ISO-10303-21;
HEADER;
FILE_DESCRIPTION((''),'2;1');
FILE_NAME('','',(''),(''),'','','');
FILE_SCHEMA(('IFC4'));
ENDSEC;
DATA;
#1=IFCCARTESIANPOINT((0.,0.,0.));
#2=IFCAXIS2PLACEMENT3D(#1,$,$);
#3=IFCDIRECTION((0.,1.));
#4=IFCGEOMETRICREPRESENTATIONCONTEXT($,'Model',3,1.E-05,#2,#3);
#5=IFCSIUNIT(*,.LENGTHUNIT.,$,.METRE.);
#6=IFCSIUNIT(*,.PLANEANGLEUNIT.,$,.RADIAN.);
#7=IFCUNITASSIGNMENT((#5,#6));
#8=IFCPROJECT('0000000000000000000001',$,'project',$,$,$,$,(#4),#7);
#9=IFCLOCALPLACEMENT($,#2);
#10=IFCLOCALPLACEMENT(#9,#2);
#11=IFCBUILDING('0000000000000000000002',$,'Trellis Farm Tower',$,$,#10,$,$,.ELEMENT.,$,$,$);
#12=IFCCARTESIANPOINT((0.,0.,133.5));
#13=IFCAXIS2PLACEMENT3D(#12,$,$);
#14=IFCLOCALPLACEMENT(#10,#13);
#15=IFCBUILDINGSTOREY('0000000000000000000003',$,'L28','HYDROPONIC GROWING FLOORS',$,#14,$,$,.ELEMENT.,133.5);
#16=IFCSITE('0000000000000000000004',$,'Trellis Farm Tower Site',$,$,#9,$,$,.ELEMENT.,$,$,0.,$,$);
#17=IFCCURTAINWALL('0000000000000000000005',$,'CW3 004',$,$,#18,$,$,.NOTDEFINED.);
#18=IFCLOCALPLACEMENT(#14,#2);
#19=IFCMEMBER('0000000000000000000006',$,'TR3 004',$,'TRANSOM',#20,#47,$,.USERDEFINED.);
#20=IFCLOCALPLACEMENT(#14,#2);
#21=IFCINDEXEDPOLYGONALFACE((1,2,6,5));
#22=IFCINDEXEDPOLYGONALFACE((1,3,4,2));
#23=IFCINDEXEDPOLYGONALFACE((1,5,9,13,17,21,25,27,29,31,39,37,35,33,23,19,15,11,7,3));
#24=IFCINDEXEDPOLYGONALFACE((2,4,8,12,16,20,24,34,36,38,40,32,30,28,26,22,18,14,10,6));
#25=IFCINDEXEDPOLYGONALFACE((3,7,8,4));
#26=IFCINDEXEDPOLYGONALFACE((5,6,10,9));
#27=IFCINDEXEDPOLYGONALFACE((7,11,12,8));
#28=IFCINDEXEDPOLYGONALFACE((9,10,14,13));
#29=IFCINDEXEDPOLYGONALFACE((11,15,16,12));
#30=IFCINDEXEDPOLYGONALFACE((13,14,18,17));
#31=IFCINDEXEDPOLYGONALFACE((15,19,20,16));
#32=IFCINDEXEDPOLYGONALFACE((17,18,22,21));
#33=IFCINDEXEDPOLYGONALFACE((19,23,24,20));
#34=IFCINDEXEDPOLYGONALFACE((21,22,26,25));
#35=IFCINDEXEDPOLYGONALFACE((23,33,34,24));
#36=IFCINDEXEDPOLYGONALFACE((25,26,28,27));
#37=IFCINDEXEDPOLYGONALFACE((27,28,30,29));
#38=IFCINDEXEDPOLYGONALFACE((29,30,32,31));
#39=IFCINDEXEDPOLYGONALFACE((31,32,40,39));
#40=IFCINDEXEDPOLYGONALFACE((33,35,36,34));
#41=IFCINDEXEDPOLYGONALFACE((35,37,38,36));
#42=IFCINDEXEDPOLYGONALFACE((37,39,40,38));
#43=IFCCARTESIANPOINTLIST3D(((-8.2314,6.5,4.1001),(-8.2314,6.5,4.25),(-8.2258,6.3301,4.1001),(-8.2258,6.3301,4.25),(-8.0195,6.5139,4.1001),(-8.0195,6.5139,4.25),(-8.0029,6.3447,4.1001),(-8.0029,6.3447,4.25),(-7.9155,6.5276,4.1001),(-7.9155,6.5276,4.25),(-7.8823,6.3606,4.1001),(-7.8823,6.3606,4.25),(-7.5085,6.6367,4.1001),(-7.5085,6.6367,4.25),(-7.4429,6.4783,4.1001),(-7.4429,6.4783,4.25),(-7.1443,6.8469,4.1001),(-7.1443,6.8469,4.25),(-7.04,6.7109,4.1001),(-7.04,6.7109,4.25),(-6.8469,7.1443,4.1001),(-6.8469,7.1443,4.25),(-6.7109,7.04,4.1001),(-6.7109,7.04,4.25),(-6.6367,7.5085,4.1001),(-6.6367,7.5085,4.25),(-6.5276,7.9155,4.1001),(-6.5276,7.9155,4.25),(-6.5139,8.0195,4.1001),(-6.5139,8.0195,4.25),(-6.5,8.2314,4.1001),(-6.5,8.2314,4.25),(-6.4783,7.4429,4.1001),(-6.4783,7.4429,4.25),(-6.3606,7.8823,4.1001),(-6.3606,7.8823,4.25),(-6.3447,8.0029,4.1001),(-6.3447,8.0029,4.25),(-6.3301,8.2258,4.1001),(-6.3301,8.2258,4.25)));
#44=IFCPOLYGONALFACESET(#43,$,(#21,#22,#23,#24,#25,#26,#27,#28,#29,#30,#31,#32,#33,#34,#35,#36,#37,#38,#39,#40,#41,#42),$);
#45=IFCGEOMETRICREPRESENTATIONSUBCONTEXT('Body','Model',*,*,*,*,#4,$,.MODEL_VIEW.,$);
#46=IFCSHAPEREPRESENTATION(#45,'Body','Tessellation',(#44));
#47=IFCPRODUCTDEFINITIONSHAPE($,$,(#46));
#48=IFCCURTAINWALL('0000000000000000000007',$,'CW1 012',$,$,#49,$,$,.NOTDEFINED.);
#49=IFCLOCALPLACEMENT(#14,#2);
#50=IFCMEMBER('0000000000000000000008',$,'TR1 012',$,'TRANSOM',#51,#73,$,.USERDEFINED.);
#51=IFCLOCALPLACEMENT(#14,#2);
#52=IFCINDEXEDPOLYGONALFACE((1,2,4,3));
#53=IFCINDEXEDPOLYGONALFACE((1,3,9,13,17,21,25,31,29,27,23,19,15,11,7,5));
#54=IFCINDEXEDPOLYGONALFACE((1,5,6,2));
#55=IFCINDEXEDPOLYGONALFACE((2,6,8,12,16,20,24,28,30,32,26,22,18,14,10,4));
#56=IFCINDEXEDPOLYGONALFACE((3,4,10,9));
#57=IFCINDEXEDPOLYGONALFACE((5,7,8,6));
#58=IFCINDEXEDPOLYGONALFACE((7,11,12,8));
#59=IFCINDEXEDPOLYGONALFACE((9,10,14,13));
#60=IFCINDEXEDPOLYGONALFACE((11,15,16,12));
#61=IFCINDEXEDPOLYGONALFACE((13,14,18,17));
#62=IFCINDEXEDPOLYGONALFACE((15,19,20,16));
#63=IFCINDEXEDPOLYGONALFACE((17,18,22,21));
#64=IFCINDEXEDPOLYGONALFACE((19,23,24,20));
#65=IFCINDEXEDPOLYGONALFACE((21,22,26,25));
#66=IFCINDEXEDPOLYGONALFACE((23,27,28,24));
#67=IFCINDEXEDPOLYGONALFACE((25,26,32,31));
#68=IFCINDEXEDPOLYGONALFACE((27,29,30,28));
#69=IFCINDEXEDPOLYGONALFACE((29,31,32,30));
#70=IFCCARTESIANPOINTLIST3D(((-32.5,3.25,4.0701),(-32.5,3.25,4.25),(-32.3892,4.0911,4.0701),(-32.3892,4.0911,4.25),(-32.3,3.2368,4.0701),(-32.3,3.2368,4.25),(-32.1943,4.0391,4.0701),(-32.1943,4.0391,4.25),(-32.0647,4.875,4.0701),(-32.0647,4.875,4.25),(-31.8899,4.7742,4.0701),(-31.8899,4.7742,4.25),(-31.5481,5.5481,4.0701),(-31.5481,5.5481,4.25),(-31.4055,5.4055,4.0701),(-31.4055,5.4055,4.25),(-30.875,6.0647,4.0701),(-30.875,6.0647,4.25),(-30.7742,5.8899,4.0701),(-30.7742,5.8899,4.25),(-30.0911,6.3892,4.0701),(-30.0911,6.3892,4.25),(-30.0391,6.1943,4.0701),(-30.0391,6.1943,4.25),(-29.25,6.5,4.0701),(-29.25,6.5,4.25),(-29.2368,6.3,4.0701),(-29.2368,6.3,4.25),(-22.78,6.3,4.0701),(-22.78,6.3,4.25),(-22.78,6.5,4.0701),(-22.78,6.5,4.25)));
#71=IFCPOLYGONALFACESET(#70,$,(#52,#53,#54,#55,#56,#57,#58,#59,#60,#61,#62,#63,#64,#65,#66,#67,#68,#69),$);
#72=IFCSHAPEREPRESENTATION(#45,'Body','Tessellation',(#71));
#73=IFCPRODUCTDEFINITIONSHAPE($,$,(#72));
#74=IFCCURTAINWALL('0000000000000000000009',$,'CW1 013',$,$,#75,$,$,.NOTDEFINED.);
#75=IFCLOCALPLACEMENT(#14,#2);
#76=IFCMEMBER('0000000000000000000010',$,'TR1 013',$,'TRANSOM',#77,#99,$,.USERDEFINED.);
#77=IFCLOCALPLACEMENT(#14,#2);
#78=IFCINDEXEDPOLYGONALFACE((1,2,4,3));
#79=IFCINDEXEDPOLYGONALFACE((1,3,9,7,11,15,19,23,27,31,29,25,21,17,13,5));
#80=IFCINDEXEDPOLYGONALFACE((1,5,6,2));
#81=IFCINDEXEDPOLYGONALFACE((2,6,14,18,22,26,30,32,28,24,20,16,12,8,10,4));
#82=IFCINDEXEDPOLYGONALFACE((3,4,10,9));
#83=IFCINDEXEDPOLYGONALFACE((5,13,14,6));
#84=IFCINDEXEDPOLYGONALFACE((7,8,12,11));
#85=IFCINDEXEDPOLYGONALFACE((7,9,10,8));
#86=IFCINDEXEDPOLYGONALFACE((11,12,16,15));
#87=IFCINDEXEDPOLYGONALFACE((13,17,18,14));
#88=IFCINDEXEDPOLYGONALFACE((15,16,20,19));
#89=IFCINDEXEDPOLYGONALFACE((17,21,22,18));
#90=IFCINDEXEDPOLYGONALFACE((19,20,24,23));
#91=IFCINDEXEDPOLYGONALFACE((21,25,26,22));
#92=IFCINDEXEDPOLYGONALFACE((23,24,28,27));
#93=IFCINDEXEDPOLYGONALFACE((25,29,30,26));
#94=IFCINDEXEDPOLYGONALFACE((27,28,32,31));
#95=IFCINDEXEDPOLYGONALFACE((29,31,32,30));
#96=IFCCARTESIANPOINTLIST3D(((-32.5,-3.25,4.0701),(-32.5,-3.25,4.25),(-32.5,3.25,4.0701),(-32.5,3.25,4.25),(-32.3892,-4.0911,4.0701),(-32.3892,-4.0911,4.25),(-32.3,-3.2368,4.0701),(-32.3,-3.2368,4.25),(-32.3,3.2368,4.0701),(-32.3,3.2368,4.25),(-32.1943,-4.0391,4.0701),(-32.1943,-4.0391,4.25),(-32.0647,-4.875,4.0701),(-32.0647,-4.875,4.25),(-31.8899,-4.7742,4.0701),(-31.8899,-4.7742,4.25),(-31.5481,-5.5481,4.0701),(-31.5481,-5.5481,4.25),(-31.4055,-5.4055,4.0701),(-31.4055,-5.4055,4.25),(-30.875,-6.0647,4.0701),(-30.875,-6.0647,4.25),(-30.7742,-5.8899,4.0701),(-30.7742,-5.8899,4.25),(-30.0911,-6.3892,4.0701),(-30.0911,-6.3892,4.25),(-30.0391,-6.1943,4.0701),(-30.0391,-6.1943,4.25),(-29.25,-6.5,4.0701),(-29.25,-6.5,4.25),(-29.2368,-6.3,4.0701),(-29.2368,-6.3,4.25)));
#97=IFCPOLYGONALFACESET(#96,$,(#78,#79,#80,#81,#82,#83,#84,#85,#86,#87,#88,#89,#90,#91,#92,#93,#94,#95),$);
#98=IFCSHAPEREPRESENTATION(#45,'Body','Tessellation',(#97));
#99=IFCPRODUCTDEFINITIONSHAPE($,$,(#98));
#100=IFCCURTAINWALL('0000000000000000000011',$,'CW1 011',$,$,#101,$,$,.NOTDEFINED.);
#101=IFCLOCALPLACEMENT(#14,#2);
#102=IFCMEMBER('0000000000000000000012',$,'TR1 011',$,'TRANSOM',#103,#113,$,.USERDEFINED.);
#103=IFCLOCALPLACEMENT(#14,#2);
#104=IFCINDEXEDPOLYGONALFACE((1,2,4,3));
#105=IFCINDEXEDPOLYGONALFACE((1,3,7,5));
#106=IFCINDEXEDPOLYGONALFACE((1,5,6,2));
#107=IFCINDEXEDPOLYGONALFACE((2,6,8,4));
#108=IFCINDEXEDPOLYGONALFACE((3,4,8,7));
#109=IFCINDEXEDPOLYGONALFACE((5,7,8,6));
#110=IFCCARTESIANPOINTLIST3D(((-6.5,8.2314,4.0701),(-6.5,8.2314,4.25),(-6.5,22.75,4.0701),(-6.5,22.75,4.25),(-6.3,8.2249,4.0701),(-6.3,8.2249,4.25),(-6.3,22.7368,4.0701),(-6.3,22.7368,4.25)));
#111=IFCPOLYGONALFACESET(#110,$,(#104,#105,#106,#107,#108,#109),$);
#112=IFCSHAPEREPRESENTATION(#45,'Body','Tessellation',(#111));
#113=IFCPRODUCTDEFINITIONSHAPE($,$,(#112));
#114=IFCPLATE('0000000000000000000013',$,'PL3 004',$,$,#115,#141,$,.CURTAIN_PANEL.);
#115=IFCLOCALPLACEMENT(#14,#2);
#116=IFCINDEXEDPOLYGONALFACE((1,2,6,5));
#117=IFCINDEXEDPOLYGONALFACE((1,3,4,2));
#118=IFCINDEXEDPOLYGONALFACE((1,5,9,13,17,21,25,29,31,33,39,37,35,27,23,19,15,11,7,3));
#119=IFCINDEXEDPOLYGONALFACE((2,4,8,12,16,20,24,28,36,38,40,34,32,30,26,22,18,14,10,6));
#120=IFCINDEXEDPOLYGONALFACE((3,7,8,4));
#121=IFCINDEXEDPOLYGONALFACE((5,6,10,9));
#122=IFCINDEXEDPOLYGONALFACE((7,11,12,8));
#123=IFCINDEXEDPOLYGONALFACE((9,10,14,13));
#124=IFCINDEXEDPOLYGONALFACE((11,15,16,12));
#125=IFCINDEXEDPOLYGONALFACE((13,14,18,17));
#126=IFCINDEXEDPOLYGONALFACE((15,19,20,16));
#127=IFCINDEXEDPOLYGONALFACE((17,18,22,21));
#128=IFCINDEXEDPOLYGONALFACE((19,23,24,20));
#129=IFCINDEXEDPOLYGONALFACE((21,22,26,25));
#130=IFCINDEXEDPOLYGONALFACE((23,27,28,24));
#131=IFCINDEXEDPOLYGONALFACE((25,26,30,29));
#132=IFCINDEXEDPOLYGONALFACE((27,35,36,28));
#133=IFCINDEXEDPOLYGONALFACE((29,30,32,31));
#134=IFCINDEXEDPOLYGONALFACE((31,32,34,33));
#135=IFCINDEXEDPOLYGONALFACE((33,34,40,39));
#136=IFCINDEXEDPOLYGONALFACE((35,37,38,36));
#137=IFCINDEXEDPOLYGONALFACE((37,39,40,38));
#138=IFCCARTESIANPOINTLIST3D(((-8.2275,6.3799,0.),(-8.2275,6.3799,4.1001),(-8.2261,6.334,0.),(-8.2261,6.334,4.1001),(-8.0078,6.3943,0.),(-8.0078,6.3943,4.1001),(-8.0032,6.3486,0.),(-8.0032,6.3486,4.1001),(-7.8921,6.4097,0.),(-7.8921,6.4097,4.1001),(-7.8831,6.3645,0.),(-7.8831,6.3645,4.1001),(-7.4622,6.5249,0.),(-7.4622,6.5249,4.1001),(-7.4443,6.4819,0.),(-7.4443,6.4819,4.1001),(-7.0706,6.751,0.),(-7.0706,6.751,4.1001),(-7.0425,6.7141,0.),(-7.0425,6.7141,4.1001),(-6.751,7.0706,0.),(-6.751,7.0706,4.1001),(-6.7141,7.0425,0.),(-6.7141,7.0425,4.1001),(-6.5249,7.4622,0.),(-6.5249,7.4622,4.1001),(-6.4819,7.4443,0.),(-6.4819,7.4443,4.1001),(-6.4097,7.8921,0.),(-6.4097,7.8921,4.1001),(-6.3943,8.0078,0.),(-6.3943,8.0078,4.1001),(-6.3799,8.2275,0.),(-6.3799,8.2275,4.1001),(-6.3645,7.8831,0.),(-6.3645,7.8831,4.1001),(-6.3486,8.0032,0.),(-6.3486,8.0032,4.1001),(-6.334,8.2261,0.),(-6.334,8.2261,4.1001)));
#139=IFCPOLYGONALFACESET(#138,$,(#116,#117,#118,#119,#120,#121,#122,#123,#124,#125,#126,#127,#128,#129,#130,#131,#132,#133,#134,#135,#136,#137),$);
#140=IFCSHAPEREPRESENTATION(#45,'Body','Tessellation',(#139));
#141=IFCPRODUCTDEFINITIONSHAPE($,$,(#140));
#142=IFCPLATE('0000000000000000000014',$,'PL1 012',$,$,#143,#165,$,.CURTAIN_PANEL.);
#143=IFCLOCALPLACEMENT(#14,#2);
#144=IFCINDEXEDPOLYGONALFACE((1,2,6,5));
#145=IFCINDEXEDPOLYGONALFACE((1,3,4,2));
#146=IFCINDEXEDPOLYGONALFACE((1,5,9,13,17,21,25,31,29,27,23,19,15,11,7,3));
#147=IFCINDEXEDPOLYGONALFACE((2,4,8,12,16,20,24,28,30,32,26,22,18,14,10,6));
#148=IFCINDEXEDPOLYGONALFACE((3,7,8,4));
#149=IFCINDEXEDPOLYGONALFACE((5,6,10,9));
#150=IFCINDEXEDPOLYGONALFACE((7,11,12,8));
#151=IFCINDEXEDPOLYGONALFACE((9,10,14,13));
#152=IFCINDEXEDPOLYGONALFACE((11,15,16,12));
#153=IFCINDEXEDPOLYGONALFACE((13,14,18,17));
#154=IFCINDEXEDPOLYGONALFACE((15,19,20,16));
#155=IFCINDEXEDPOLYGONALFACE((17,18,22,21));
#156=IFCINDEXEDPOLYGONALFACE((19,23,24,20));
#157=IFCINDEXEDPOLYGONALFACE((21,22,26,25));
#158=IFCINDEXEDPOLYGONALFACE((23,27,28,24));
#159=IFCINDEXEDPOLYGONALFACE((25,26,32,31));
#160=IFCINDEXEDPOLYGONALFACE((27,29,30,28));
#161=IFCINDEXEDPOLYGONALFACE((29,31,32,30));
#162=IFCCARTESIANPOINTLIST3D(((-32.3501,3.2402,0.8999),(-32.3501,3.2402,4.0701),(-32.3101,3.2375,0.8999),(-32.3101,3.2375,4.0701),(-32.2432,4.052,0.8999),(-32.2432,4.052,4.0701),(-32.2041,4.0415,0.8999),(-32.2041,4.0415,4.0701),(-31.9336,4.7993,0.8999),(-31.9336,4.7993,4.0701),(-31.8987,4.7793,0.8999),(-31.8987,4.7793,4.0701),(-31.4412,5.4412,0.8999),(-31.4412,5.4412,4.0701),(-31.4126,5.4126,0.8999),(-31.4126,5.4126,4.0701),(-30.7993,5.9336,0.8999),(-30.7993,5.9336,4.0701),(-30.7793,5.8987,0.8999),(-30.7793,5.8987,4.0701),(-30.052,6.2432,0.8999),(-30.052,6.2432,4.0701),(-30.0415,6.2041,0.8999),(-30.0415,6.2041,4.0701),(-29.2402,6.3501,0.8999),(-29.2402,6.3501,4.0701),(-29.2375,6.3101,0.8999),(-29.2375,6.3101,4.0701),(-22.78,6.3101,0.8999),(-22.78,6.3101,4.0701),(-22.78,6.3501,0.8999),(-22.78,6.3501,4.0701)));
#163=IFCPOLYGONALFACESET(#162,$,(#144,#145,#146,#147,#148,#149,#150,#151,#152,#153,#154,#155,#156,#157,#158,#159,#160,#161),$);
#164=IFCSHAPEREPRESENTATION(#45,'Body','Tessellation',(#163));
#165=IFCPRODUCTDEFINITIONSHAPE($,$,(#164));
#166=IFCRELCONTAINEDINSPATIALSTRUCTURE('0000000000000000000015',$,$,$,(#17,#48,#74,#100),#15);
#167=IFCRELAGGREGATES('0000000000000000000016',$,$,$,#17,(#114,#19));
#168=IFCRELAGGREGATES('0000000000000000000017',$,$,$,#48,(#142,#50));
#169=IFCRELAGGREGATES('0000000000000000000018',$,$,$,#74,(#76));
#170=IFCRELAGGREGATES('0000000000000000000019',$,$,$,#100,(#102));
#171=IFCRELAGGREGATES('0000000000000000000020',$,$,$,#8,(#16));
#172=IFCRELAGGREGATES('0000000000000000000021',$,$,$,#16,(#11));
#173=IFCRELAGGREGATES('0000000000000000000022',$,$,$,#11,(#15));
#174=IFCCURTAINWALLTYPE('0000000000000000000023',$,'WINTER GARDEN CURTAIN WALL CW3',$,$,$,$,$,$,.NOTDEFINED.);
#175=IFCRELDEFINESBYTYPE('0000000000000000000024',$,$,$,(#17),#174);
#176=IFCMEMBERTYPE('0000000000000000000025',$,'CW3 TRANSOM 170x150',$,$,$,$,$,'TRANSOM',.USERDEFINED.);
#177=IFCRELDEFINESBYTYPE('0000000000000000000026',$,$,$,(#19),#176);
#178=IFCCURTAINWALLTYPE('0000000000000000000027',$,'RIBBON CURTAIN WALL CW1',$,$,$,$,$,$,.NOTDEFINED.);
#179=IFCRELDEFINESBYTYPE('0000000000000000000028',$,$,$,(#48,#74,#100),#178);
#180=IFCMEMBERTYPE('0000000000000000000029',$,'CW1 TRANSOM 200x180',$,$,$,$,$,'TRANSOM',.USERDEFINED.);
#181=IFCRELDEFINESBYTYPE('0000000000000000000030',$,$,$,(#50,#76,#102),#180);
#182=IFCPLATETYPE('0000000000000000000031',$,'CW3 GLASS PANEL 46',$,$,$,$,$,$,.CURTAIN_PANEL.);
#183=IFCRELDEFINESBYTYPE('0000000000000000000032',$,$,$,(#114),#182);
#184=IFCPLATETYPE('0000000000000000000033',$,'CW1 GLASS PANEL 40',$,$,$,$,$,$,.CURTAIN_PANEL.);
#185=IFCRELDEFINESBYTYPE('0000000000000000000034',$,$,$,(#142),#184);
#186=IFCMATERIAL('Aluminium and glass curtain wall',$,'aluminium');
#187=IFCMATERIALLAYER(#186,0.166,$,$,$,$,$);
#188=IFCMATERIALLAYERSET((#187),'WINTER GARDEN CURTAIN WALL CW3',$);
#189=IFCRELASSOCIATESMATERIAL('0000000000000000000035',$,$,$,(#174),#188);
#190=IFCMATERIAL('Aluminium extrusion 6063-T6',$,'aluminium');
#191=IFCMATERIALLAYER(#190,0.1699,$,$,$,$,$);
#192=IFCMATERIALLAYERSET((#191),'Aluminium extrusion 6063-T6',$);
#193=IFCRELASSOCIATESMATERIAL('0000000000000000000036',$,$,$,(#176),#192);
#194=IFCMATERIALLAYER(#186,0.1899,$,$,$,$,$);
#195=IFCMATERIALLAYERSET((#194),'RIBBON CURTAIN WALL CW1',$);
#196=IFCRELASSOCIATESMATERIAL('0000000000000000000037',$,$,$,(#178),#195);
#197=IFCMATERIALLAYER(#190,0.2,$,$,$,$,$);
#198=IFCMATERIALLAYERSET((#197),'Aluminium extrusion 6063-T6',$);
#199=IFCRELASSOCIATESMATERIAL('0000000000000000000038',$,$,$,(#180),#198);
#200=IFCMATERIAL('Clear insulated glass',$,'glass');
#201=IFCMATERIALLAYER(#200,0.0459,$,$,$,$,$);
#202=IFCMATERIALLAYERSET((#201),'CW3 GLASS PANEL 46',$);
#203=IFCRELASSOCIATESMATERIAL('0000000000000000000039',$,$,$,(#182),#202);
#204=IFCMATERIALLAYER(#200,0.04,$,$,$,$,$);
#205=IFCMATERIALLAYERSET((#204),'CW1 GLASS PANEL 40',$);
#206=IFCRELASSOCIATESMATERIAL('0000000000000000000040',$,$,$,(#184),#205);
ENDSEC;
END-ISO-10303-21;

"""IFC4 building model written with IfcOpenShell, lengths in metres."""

from ifc_helpers import new_model, si_unit, direction, frame, origin, place, context, subcontext, project, spatial, polyline, outline, extrude, source, transform, mapped, material, layer, layer_set, type_object, element, aggregate, save


model = new_model("IFC4")

# Units and contexts
model_context = context("Model", 3, precision=1e-05, world=origin(), true_north=direction((0.0, 1.0)))
body_context = subcontext(model_context, "Body", "Model", "MODEL_VIEW")
ifc_project = project(units=[si_unit("LENGTHUNIT", "METRE"), si_unit("PLANEANGLEUNIT", "RADIAN")], contexts=[model_context])

# Site, building, storey
site_placement = place(None, origin())
site = spatial("IfcSite", under=ifc_project, at=site_placement, Name="Trellis Farm Tower Site", CompositionType="ELEMENT", RefElevation=0.0)
building_placement = place(site_placement, origin())
building = spatial("IfcBuilding", under=site, at=building_placement, Name="Trellis Farm Tower", CompositionType="ELEMENT")
storey_placement = place(building_placement, frame((0.0, 0.0, 133.5)))
storey = spatial("IfcBuildingStorey", under=building, at=storey_placement, Name="L28", Description="HYDROPONIC GROWING FLOORS", CompositionType="ELEMENT", Elevation=133.5)

# Curtain walls, members
ifc_material_1 = material(Name="Aluminium and glass curtain wall", Category="aluminium")
ifc_layer_1 = layer(ifc_material_1, 0.166)
ifc_layer_set_1 = layer_set([ifc_layer_1], Name="WINTER GARDEN CURTAIN WALL CW3")
curtain_wall_type_1 = type_object("IfcCurtainWallType", Name="WINTER GARDEN CURTAIN WALL CW3", PredefinedType="NOTDEFINED", material=ifc_layer_set_1)
placement_1 = place(storey_placement, origin())
curtain_wall_1 = element("IfcCurtainWall", 1, at=placement_1, inside=storey, type_object=curtain_wall_type_1, Name="CW3 004", PredefinedType="NOTDEFINED")
ifc_material_2 = material(Name="Aluminium extrusion 6063-T6", Category="aluminium")
ifc_layer_2 = layer(ifc_material_2, 0.1699)
ifc_layer_set_2 = layer_set([ifc_layer_2], Name="Aluminium extrusion 6063-T6")
member_type_1 = type_object("IfcMemberType", Name="CW3 TRANSOM 170x150", ElementType="TRANSOM", PredefinedType="USERDEFINED", material=ifc_layer_set_2)
shared_shape_1 = source(origin(), body_context, "Body", "SweptSolid", [
    extrude(outline(polyline([(-6.5, 8.2314), (-6.5139, 8.0195), (-6.5276, 7.9155), (-6.6367, 7.5085), (-6.8469, 7.1443), (-7.1443, 6.8469), (-7.5085, 6.6367), (-7.9155, 6.5276), (-8.0195, 6.5139), (-8.2314, 6.5), (-8.2258, 6.3301), (-8.0029, 6.3447), (-7.8823, 6.3606), (-7.4429, 6.4783), (-7.04, 6.7109), (-6.7109, 7.04), (-6.4783, 7.4429), (-6.3606, 7.8823), (-6.3447, 8.0029), (-6.3301, 8.2258), (-6.5, 8.2314)])), origin(), (0.0, 0.0, 1.0), 0.1499),
])
member_1_placement = place(storey_placement, frame((0.0, 0.0, 4.1001)))
member_1 = element("IfcMember", 2, at=member_1_placement, type_object=member_type_1, Name="TR3 004", ObjectType="TRANSOM", PredefinedType="USERDEFINED", context=body_context, shape_type="MappedRepresentation", body=[
    mapped(shared_shape_1, transform((0.0, 0.0, 0.0))),
])
ifc_layer_3 = layer(ifc_material_1, 0.1899)
ifc_layer_set_3 = layer_set([ifc_layer_3], Name="RIBBON CURTAIN WALL CW1")
curtain_wall_type_2 = type_object("IfcCurtainWallType", Name="RIBBON CURTAIN WALL CW1", PredefinedType="NOTDEFINED", material=ifc_layer_set_3)
curtain_wall_2 = element("IfcCurtainWall", 3, at=placement_1, inside=storey, type_object=curtain_wall_type_2, Name="CW1 012", PredefinedType="NOTDEFINED")
ifc_layer_4 = layer(ifc_material_2, 0.2)
ifc_layer_set_4 = layer_set([ifc_layer_4], Name="Aluminium extrusion 6063-T6")
member_type_2 = type_object("IfcMemberType", Name="CW1 TRANSOM 200x180", ElementType="TRANSOM", PredefinedType="USERDEFINED", material=ifc_layer_set_4)
shared_shape_2 = source(origin(), body_context, "Body", "SweptSolid", [
    extrude(outline(polyline([(-22.78, 6.5), (-29.25, 6.5), (-30.0911, 6.3892), (-30.875, 6.0647), (-31.5481, 5.5481), (-32.0647, 4.875), (-32.3892, 4.0911), (-32.5, 3.25), (-32.3, 3.2368), (-32.1943, 4.0391), (-31.8899, 4.7742), (-31.4055, 5.4055), (-30.7742, 5.8899), (-30.0391, 6.1943), (-29.2368, 6.3), (-22.78, 6.3), (-22.78, 6.5)])), origin(), (0.0, 0.0, 1.0), 0.1799),
])
placement_2 = place(storey_placement, frame((0.0, 0.0, 4.0701)))
member_2 = element("IfcMember", 4, at=placement_2, type_object=member_type_2, Name="TR1 012", ObjectType="TRANSOM", PredefinedType="USERDEFINED", context=body_context, shape_type="MappedRepresentation", body=[
    mapped(shared_shape_2, transform((0.0, 0.0, 0.0))),
])
curtain_wall_3 = element("IfcCurtainWall", 5, at=placement_1, inside=storey, type_object=curtain_wall_type_2, Name="CW1 013", PredefinedType="NOTDEFINED")
shared_shape_3 = source(origin(), body_context, "Body", "SweptSolid", [
    extrude(outline(polyline([(-32.5, 3.25), (-32.5, -3.25), (-32.3892, -4.0911), (-32.0647, -4.875), (-31.5481, -5.5481), (-30.875, -6.0647), (-30.0911, -6.3892), (-29.25, -6.5), (-29.2368, -6.3), (-30.0391, -6.1943), (-30.7742, -5.8899), (-31.4055, -5.4055), (-31.8899, -4.7742), (-32.1943, -4.0391), (-32.3, -3.2368), (-32.3, 3.2368), (-32.5, 3.25)])), origin(), (0.0, 0.0, 1.0), 0.1799),
])
member_3 = element("IfcMember", 6, at=placement_2, type_object=member_type_2, Name="TR1 013", ObjectType="TRANSOM", PredefinedType="USERDEFINED", context=body_context, shape_type="MappedRepresentation", body=[
    mapped(shared_shape_3, transform((0.0, 0.0, 0.0))),
])
curtain_wall_4 = element("IfcCurtainWall", 7, at=placement_1, inside=storey, type_object=curtain_wall_type_2, Name="CW1 011", PredefinedType="NOTDEFINED")
shared_shape_4 = source(origin(), body_context, "Body", "SweptSolid", [
    extrude(outline(polyline([(-6.5, 22.75), (-6.5, 8.2314), (-6.3, 8.2249), (-6.3, 22.7368), (-6.5, 22.75)])), origin(), (0.0, 0.0, 1.0), 0.1799),
])
member_4 = element("IfcMember", 8, at=placement_2, type_object=member_type_2, Name="TR1 011", ObjectType="TRANSOM", PredefinedType="USERDEFINED", context=body_context, shape_type="MappedRepresentation", body=[
    mapped(shared_shape_4, transform((0.0, 0.0, 0.0))),
])

# Plates
ifc_material_3 = material(Name="Clear insulated glass", Category="glass")
ifc_layer_5 = layer(ifc_material_3, 0.0459)
ifc_layer_set_5 = layer_set([ifc_layer_5], Name="CW3 GLASS PANEL 46")
plate_type_1 = type_object("IfcPlateType", Name="CW3 GLASS PANEL 46", PredefinedType="CURTAIN_PANEL", material=ifc_layer_set_5)
shared_shape_5 = source(origin(), body_context, "Body", "SweptSolid", [
    extrude(outline(polyline([(-6.3799, 8.2275), (-6.3943, 8.0078), (-6.4097, 7.8921), (-6.5249, 7.4622), (-6.751, 7.0706), (-7.0706, 6.751), (-7.4622, 6.5249), (-7.8921, 6.4097), (-8.0078, 6.3943), (-8.2275, 6.3799), (-8.2261, 6.334), (-8.0032, 6.3486), (-7.8831, 6.3645), (-7.4443, 6.4819), (-7.0425, 6.7141), (-6.7141, 7.0425), (-6.4819, 7.4443), (-6.3645, 7.8831), (-6.3486, 8.0032), (-6.334, 8.2261), (-6.3799, 8.2275)])), origin(), (0.0, 0.0, 1.0), 4.1001),
])
plate_1 = element("IfcPlate", 9, at=placement_1, type_object=plate_type_1, Name="PL3 004", PredefinedType="CURTAIN_PANEL", context=body_context, shape_type="MappedRepresentation", body=[
    mapped(shared_shape_5, transform((0.0, 0.0, 0.0))),
])
aggregate(curtain_wall_1, [plate_1, member_1])
ifc_layer_6 = layer(ifc_material_3, 0.04)
ifc_layer_set_6 = layer_set([ifc_layer_6], Name="CW1 GLASS PANEL 40")
plate_type_2 = type_object("IfcPlateType", Name="CW1 GLASS PANEL 40", PredefinedType="CURTAIN_PANEL", material=ifc_layer_set_6)
shared_shape_6 = source(origin(), body_context, "Body", "SweptSolid", [
    extrude(outline(polyline([(-22.78, 6.3501), (-29.2402, 6.3501), (-30.052, 6.2432), (-30.7993, 5.9336), (-31.4412, 5.4412), (-31.9336, 4.7993), (-32.2432, 4.052), (-32.3501, 3.2402), (-32.3101, 3.2375), (-32.2041, 4.0415), (-31.8987, 4.7793), (-31.4126, 5.4126), (-30.7793, 5.8987), (-30.0415, 6.2041), (-29.2375, 6.3101), (-22.78, 6.3101), (-22.78, 6.3501)])), origin(), (0.0, 0.0, 1.0), 3.1702),
])
placement_3 = place(storey_placement, frame((0.0, 0.0, 0.8999)))
plate_2 = element("IfcPlate", 10, at=placement_3, type_object=plate_type_2, Name="PL1 012", PredefinedType="CURTAIN_PANEL", context=body_context, shape_type="MappedRepresentation", body=[
    mapped(shared_shape_6, transform((0.0, 0.0, 0.0))),
])
aggregate(curtain_wall_2, [plate_2, member_2])
aggregate(curtain_wall_3, [member_3])
aggregate(curtain_wall_4, [member_4])

save(model, "model.ifc")
